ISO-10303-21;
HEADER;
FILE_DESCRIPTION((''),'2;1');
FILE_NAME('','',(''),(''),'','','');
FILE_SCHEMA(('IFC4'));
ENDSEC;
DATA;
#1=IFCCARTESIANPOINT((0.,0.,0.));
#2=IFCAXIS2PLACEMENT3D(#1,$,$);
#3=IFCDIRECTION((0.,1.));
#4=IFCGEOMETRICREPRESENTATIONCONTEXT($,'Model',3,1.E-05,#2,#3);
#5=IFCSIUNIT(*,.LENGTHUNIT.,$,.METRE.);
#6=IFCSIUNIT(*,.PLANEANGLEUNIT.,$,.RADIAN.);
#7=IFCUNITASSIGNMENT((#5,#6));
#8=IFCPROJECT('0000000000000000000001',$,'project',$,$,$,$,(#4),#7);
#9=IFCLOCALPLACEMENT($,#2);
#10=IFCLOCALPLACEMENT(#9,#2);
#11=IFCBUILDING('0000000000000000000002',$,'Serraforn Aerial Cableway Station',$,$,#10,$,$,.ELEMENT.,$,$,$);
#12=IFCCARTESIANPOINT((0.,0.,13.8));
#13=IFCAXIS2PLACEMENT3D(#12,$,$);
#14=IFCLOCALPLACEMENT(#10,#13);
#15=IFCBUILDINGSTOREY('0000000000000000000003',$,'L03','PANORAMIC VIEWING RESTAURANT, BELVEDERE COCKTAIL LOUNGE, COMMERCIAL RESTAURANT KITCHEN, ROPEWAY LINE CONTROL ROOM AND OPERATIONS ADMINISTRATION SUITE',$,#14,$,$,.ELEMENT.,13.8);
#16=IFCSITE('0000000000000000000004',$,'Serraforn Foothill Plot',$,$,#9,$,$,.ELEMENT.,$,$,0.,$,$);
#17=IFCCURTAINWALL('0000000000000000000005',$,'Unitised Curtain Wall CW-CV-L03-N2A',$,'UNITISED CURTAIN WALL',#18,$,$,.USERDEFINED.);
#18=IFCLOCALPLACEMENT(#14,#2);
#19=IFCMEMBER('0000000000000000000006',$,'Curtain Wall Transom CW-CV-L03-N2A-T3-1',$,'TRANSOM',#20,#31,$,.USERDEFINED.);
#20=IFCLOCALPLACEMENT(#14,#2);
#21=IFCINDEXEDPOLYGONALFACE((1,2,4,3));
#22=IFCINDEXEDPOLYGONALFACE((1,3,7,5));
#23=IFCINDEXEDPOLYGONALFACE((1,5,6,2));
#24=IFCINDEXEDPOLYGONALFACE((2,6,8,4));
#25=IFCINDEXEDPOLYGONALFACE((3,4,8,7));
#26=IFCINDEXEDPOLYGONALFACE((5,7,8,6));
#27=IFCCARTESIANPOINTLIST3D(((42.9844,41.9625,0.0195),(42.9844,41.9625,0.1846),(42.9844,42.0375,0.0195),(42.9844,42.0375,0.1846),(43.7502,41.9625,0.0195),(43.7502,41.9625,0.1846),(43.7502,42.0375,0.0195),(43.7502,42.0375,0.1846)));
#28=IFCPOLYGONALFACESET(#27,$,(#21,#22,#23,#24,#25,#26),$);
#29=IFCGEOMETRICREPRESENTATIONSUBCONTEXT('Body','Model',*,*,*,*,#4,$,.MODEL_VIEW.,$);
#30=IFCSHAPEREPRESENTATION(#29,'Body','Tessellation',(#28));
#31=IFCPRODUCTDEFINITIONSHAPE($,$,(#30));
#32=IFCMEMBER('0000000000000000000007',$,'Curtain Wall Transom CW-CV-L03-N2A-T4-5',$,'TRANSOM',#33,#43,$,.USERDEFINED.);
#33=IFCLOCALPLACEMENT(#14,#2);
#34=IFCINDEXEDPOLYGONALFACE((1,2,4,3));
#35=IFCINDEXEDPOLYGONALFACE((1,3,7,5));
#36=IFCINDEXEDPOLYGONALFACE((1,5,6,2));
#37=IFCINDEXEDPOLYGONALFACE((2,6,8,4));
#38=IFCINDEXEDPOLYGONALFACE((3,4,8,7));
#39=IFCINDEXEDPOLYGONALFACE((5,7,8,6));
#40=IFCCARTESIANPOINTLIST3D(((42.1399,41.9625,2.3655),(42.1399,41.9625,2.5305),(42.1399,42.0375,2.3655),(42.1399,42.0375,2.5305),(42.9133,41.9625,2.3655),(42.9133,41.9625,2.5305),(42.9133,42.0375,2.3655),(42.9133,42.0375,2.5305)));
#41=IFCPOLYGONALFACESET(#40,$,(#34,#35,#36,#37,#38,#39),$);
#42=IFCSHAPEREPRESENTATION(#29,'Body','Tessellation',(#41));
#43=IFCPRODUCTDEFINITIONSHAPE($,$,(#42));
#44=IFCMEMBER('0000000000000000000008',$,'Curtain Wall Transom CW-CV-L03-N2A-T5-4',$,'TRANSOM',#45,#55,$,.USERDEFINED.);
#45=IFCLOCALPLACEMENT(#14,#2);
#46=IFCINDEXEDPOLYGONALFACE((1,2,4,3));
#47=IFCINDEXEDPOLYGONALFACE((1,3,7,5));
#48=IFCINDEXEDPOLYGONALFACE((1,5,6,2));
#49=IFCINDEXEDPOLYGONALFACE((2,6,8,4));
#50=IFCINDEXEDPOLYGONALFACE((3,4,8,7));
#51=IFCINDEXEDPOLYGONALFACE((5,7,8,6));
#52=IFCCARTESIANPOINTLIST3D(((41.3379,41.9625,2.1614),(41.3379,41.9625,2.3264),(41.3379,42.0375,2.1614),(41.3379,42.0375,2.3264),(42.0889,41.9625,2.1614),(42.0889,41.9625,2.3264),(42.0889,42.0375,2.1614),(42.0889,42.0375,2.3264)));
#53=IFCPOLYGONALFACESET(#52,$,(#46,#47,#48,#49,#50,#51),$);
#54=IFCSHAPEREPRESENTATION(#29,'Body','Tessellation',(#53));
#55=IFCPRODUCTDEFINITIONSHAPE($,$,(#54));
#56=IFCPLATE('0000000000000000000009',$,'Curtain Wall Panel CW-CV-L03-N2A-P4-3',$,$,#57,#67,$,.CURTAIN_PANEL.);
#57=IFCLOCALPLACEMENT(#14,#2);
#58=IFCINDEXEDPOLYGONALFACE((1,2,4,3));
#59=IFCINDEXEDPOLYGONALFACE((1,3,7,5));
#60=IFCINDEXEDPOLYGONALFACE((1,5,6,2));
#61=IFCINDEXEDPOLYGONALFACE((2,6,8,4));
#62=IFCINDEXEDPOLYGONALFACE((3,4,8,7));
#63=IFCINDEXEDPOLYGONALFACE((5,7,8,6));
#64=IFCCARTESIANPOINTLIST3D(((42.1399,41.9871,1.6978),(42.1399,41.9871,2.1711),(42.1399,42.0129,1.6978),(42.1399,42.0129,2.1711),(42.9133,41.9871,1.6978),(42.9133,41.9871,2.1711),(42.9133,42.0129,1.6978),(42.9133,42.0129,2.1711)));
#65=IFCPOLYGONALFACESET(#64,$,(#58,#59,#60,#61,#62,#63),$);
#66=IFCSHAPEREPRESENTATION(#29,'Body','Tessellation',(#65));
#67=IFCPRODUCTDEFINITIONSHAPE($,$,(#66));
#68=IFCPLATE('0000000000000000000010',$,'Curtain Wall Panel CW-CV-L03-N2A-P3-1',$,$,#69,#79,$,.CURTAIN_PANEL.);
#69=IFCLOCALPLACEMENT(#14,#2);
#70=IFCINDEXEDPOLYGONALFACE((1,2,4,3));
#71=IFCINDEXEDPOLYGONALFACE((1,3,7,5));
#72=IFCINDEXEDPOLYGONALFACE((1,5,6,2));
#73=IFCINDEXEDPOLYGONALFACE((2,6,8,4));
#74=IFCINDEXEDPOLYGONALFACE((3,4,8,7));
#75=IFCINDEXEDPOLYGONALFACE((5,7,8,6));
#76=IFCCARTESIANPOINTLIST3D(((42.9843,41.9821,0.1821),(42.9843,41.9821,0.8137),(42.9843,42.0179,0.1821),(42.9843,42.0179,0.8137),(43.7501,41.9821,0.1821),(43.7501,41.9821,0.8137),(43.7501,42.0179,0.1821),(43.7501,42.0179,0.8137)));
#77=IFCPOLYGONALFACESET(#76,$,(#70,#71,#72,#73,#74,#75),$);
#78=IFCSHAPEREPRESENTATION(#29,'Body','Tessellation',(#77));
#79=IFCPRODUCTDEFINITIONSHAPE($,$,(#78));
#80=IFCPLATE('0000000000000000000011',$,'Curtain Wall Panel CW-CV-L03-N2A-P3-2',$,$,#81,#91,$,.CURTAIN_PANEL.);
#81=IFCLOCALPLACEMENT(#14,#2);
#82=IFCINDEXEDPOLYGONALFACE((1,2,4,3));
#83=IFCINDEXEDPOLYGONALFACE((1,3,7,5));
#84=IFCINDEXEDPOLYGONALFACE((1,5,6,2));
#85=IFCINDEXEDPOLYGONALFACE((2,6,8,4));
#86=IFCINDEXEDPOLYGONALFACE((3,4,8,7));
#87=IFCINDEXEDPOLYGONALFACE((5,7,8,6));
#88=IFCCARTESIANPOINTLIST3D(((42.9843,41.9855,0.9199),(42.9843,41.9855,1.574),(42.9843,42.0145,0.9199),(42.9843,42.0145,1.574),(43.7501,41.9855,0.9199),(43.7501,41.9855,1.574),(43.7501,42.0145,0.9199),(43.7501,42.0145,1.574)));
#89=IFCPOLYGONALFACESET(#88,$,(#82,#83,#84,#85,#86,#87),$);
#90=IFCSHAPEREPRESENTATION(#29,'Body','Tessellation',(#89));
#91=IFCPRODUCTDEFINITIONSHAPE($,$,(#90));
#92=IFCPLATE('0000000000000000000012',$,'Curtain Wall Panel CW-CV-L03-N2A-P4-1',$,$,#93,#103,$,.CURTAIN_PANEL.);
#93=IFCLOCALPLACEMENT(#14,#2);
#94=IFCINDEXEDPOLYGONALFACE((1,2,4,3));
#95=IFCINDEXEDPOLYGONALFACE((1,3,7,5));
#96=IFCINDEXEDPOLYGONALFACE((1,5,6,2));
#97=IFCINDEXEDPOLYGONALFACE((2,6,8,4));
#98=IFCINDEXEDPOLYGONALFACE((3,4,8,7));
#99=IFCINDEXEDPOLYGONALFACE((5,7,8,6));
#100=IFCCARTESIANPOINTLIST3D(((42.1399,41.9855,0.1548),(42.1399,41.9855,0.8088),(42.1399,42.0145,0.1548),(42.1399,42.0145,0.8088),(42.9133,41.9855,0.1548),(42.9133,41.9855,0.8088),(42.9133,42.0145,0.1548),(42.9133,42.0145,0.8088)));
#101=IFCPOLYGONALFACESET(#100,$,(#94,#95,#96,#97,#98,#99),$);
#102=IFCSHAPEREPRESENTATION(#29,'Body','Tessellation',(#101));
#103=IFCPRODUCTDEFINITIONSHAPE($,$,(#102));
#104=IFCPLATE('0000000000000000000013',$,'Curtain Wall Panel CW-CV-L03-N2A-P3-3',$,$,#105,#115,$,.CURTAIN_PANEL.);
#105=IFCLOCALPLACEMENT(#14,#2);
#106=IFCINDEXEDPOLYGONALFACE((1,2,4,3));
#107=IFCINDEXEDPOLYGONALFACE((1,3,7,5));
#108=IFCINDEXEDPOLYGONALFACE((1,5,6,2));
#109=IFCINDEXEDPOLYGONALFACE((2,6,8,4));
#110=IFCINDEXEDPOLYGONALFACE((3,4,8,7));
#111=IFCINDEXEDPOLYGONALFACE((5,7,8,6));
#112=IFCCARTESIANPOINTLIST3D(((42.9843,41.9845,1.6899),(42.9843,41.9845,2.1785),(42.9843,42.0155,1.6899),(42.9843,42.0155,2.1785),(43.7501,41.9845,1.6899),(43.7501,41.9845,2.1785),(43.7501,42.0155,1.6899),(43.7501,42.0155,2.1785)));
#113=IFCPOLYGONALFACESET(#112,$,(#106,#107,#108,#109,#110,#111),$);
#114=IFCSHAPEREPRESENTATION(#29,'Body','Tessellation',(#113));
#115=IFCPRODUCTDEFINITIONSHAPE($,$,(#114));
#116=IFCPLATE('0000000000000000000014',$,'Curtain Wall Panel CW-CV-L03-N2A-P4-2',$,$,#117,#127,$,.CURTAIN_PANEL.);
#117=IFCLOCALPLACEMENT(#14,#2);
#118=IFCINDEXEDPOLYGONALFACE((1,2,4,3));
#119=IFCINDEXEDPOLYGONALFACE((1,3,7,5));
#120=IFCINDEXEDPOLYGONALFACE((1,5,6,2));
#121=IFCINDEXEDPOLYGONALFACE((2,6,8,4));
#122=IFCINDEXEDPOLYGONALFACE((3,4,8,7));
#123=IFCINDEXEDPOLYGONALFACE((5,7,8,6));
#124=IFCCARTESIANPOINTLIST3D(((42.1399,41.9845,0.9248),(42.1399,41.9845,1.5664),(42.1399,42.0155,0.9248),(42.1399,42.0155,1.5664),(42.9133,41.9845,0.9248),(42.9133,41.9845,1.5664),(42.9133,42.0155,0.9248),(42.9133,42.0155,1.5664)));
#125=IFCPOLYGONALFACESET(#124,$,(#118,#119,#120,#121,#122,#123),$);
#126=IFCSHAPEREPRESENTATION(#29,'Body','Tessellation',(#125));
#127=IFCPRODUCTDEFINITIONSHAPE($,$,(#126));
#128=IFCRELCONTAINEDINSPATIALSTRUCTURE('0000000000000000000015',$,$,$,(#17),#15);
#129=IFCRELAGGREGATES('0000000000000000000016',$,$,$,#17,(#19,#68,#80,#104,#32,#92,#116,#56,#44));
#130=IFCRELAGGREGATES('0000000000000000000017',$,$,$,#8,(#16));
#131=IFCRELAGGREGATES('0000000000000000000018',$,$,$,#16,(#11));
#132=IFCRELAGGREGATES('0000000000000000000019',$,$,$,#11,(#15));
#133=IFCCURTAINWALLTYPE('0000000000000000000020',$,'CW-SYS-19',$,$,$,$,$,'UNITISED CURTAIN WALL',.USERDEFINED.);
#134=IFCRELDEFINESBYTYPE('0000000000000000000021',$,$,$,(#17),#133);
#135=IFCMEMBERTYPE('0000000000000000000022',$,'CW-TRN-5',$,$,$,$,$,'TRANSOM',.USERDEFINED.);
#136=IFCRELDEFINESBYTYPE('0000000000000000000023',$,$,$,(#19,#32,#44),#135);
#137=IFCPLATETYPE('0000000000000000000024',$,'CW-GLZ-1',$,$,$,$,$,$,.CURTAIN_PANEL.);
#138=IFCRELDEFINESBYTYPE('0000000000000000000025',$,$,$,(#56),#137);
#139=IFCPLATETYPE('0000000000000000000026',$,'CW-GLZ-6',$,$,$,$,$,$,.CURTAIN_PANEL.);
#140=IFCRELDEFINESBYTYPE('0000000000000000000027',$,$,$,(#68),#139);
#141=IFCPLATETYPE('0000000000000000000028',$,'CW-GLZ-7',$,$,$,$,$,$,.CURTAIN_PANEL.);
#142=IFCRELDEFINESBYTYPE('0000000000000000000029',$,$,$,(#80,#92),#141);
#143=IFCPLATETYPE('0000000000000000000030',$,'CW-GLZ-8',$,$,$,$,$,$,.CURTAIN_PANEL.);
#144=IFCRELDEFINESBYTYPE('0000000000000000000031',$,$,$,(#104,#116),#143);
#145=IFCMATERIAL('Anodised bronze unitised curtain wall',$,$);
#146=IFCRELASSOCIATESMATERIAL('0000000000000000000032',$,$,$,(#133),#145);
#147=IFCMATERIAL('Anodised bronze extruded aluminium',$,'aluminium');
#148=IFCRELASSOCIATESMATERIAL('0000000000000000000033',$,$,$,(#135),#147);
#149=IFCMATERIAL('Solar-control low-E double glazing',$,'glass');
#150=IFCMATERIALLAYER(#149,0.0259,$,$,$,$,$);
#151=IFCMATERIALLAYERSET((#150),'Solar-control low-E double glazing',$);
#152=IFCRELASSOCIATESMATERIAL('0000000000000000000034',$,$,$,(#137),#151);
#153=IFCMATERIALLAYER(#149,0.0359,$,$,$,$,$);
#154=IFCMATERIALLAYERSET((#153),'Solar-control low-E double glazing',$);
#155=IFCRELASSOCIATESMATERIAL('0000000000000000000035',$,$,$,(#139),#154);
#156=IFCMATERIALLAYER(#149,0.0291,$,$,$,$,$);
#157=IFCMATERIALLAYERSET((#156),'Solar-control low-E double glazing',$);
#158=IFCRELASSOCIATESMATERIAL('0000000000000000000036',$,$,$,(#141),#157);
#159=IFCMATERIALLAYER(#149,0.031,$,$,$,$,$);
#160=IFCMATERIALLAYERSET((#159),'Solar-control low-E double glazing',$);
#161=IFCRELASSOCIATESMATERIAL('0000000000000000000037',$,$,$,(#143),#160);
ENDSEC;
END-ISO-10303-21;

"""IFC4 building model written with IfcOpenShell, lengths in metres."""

from ifc_helpers import new_model, si_unit, direction, frame, origin, origin_2d, place, context, subcontext, project, spatial, rectangle, extrude, material, layer, layer_set, material_profile, profile_set, type_object, element, aggregate, save


model = new_model("IFC4")

# Units and contexts
model_context = context("Model", 3, precision=1e-05, world=origin(), true_north=direction((0.0, 1.0)))
body_context = subcontext(model_context, "Body", "Model", "MODEL_VIEW")
ifc_project = project(units=[si_unit("LENGTHUNIT", "METRE"), si_unit("PLANEANGLEUNIT", "RADIAN")], contexts=[model_context])

# Site, building, storey
site_placement = place(None, origin())
site = spatial("IfcSite", under=ifc_project, at=site_placement, Name="Serraforn Foothill Plot", CompositionType="ELEMENT", RefElevation=0.0)
building_placement = place(site_placement, origin())
building = spatial("IfcBuilding", under=site, at=building_placement, Name="Serraforn Aerial Cableway Station", CompositionType="ELEMENT")
storey_placement = place(building_placement, frame((0.0, 0.0, 13.8)))
storey = spatial("IfcBuildingStorey", under=building, at=storey_placement, Name="L03", Description="PANORAMIC VIEWING RESTAURANT, BELVEDERE COCKTAIL LOUNGE, COMMERCIAL RESTAURANT KITCHEN, ROPEWAY LINE CONTROL ROOM AND OPERATIONS ADMINISTRATION SUITE", CompositionType="ELEMENT", Elevation=13.8)

# Curtain wall, members, plates
ifc_material_1 = material(Name="Anodised bronze unitised curtain wall")
curtain_wall_type = type_object("IfcCurtainWallType", Name="CW-SYS-19", ElementType="UNITISED CURTAIN WALL", PredefinedType="USERDEFINED", material=ifc_material_1)
curtain_wall_placement = place(storey_placement, origin())
curtain_wall = element("IfcCurtainWall", 1, at=curtain_wall_placement, inside=storey, type_object=curtain_wall_type, Name="Unitised Curtain Wall CW-CV-L03-N2A", ObjectType="UNITISED CURTAIN WALL", PredefinedType="USERDEFINED")
ifc_material_2 = material(Name="Anodised bronze extruded aluminium", Category="aluminium")
ifc_material_profile_1 = material_profile(ifc_material_2, rectangle(XDim=0.075, YDim=0.165, at=origin_2d()), Name="CW TRANSOM 75x165")
ifc_profile_set_1 = profile_set([ifc_material_profile_1], Name="Anodised bronze extruded aluminium")
member_type_1 = type_object("IfcMemberType", Name="CW-TRN-5", ElementType="TRANSOM", PredefinedType="USERDEFINED", material=ifc_profile_set_1)
member_1_placement = place(storey_placement, frame((43.7502, 42.0, 0.1021), z_axis=(-1.0, 0.0, 0.0), x_axis=(0.0, -1.0, 0.0)))
member_1 = element("IfcMember", 2, at=member_1_placement, type_object=member_type_1, Name="Curtain Wall Transom CW-CV-L03-N2A-T3-1", ObjectType="TRANSOM", PredefinedType="USERDEFINED", context=body_context, shape_type="SweptSolid", body=[
    extrude(rectangle(XDim=0.075, YDim=0.165, at=origin_2d()), origin(), (0.0, 0.0, 1.0), 0.7659),
])
member_2_placement = place(storey_placement, frame((42.9133, 42.0, 2.448), z_axis=(-1.0, 0.0, 0.0), x_axis=(0.0, -1.0, 0.0)))
member_2 = element("IfcMember", 3, at=member_2_placement, type_object=member_type_1, Name="Curtain Wall Transom CW-CV-L03-N2A-T4-5", ObjectType="TRANSOM", PredefinedType="USERDEFINED", context=body_context, shape_type="SweptSolid", body=[
    extrude(rectangle(XDim=0.075, YDim=0.165, at=origin_2d()), origin(), (0.0, 0.0, 1.0), 0.7734),
])
member_3_placement = place(storey_placement, frame((42.0889, 42.0, 2.2439), z_axis=(-1.0, 0.0, 0.0), x_axis=(0.0, -1.0, 0.0)))
member_3 = element("IfcMember", 4, at=member_3_placement, type_object=member_type_1, Name="Curtain Wall Transom CW-CV-L03-N2A-T5-4", ObjectType="TRANSOM", PredefinedType="USERDEFINED", context=body_context, shape_type="SweptSolid", body=[
    extrude(rectangle(XDim=0.075, YDim=0.165, at=origin_2d()), origin(), (0.0, 0.0, 1.0), 0.751),
])
ifc_material_3 = material(Name="Solar-control low-E double glazing", Category="glass")
ifc_layer_1 = layer(ifc_material_3, 0.0259)
ifc_layer_set_1 = layer_set([ifc_layer_1], Name="Solar-control low-E double glazing")
plate_type_1 = type_object("IfcPlateType", Name="CW-GLZ-1", PredefinedType="CURTAIN_PANEL", material=ifc_layer_set_1)
plate_1_placement = place(storey_placement, frame((42.5266, 42.0, 1.6978), z_axis=(0.0, 0.0, 1.0), x_axis=(1.0, 0.0, 0.0)))
plate_1 = element("IfcPlate", 5, at=plate_1_placement, type_object=plate_type_1, Name="Curtain Wall Panel CW-CV-L03-N2A-P4-3", PredefinedType="CURTAIN_PANEL", context=body_context, shape_type="SweptSolid", body=[
    extrude(rectangle(XDim=0.7734, YDim=0.0259, at=origin_2d()), origin(), (0.0, 0.0, 1.0), 0.4734),
])
ifc_layer_2 = layer(ifc_material_3, 0.0359)
ifc_layer_set_2 = layer_set([ifc_layer_2], Name="Solar-control low-E double glazing")
plate_type_2 = type_object("IfcPlateType", Name="CW-GLZ-6", PredefinedType="CURTAIN_PANEL", material=ifc_layer_set_2)
plate_2_placement = place(storey_placement, frame((43.3672, 42.0, 0.1821), z_axis=(0.0, 0.0, 1.0), x_axis=(1.0, 0.0, 0.0)))
plate_2 = element("IfcPlate", 6, at=plate_2_placement, type_object=plate_type_2, Name="Curtain Wall Panel CW-CV-L03-N2A-P3-1", PredefinedType="CURTAIN_PANEL", context=body_context, shape_type="SweptSolid", body=[
    extrude(rectangle(XDim=0.7659, YDim=0.0359, at=origin_2d()), origin(), (0.0, 0.0, 1.0), 0.6316),
])
ifc_layer_3 = layer(ifc_material_3, 0.0291)
ifc_layer_set_3 = layer_set([ifc_layer_3], Name="Solar-control low-E double glazing")
plate_type_3 = type_object("IfcPlateType", Name="CW-GLZ-7", PredefinedType="CURTAIN_PANEL", material=ifc_layer_set_3)
plate_3_placement = place(storey_placement, frame((43.3672, 42.0, 0.9199), z_axis=(0.0, 0.0, 1.0), x_axis=(1.0, 0.0, 0.0)))
plate_3 = element("IfcPlate", 7, at=plate_3_placement, type_object=plate_type_3, Name="Curtain Wall Panel CW-CV-L03-N2A-P3-2", PredefinedType="CURTAIN_PANEL", context=body_context, shape_type="SweptSolid", body=[
    extrude(rectangle(XDim=0.7659, YDim=0.0291, at=origin_2d()), origin(), (0.0, 0.0, 1.0), 0.6541),
])
plate_4_placement = place(storey_placement, frame((42.5266, 42.0, 0.1548), z_axis=(0.0, 0.0, 1.0), x_axis=(1.0, 0.0, 0.0)))
plate_4 = element("IfcPlate", 8, at=plate_4_placement, type_object=plate_type_3, Name="Curtain Wall Panel CW-CV-L03-N2A-P4-1", PredefinedType="CURTAIN_PANEL", context=body_context, shape_type="SweptSolid", body=[
    extrude(rectangle(XDim=0.7734, YDim=0.0291, at=origin_2d()), origin(), (0.0, 0.0, 1.0), 0.6541),
])
ifc_layer_4 = layer(ifc_material_3, 0.031)
ifc_layer_set_4 = layer_set([ifc_layer_4], Name="Solar-control low-E double glazing")
plate_type_4 = type_object("IfcPlateType", Name="CW-GLZ-8", PredefinedType="CURTAIN_PANEL", material=ifc_layer_set_4)
plate_5_placement = place(storey_placement, frame((43.3672, 42.0, 1.6899), z_axis=(0.0, 0.0, 1.0), x_axis=(1.0, 0.0, 0.0)))
plate_5 = element("IfcPlate", 9, at=plate_5_placement, type_object=plate_type_4, Name="Curtain Wall Panel CW-CV-L03-N2A-P3-3", PredefinedType="CURTAIN_PANEL", context=body_context, shape_type="SweptSolid", body=[
    extrude(rectangle(XDim=0.7659, YDim=0.031, at=origin_2d()), origin(), (0.0, 0.0, 1.0), 0.4885),
])
plate_6_placement = place(storey_placement, frame((42.5266, 42.0, 0.9248), z_axis=(0.0, 0.0, 1.0), x_axis=(1.0, 0.0, 0.0)))
plate_6 = element("IfcPlate", 10, at=plate_6_placement, type_object=plate_type_4, Name="Curtain Wall Panel CW-CV-L03-N2A-P4-2", PredefinedType="CURTAIN_PANEL", context=body_context, shape_type="SweptSolid", body=[
    extrude(rectangle(XDim=0.7734, YDim=0.031, at=origin_2d()), origin(), (0.0, 0.0, 1.0), 0.6416),
])
aggregate(curtain_wall, [member_1, plate_2, plate_3, plate_5, member_2, plate_4, plate_6, plate_1, member_3])

save(model, "model.ifc")
